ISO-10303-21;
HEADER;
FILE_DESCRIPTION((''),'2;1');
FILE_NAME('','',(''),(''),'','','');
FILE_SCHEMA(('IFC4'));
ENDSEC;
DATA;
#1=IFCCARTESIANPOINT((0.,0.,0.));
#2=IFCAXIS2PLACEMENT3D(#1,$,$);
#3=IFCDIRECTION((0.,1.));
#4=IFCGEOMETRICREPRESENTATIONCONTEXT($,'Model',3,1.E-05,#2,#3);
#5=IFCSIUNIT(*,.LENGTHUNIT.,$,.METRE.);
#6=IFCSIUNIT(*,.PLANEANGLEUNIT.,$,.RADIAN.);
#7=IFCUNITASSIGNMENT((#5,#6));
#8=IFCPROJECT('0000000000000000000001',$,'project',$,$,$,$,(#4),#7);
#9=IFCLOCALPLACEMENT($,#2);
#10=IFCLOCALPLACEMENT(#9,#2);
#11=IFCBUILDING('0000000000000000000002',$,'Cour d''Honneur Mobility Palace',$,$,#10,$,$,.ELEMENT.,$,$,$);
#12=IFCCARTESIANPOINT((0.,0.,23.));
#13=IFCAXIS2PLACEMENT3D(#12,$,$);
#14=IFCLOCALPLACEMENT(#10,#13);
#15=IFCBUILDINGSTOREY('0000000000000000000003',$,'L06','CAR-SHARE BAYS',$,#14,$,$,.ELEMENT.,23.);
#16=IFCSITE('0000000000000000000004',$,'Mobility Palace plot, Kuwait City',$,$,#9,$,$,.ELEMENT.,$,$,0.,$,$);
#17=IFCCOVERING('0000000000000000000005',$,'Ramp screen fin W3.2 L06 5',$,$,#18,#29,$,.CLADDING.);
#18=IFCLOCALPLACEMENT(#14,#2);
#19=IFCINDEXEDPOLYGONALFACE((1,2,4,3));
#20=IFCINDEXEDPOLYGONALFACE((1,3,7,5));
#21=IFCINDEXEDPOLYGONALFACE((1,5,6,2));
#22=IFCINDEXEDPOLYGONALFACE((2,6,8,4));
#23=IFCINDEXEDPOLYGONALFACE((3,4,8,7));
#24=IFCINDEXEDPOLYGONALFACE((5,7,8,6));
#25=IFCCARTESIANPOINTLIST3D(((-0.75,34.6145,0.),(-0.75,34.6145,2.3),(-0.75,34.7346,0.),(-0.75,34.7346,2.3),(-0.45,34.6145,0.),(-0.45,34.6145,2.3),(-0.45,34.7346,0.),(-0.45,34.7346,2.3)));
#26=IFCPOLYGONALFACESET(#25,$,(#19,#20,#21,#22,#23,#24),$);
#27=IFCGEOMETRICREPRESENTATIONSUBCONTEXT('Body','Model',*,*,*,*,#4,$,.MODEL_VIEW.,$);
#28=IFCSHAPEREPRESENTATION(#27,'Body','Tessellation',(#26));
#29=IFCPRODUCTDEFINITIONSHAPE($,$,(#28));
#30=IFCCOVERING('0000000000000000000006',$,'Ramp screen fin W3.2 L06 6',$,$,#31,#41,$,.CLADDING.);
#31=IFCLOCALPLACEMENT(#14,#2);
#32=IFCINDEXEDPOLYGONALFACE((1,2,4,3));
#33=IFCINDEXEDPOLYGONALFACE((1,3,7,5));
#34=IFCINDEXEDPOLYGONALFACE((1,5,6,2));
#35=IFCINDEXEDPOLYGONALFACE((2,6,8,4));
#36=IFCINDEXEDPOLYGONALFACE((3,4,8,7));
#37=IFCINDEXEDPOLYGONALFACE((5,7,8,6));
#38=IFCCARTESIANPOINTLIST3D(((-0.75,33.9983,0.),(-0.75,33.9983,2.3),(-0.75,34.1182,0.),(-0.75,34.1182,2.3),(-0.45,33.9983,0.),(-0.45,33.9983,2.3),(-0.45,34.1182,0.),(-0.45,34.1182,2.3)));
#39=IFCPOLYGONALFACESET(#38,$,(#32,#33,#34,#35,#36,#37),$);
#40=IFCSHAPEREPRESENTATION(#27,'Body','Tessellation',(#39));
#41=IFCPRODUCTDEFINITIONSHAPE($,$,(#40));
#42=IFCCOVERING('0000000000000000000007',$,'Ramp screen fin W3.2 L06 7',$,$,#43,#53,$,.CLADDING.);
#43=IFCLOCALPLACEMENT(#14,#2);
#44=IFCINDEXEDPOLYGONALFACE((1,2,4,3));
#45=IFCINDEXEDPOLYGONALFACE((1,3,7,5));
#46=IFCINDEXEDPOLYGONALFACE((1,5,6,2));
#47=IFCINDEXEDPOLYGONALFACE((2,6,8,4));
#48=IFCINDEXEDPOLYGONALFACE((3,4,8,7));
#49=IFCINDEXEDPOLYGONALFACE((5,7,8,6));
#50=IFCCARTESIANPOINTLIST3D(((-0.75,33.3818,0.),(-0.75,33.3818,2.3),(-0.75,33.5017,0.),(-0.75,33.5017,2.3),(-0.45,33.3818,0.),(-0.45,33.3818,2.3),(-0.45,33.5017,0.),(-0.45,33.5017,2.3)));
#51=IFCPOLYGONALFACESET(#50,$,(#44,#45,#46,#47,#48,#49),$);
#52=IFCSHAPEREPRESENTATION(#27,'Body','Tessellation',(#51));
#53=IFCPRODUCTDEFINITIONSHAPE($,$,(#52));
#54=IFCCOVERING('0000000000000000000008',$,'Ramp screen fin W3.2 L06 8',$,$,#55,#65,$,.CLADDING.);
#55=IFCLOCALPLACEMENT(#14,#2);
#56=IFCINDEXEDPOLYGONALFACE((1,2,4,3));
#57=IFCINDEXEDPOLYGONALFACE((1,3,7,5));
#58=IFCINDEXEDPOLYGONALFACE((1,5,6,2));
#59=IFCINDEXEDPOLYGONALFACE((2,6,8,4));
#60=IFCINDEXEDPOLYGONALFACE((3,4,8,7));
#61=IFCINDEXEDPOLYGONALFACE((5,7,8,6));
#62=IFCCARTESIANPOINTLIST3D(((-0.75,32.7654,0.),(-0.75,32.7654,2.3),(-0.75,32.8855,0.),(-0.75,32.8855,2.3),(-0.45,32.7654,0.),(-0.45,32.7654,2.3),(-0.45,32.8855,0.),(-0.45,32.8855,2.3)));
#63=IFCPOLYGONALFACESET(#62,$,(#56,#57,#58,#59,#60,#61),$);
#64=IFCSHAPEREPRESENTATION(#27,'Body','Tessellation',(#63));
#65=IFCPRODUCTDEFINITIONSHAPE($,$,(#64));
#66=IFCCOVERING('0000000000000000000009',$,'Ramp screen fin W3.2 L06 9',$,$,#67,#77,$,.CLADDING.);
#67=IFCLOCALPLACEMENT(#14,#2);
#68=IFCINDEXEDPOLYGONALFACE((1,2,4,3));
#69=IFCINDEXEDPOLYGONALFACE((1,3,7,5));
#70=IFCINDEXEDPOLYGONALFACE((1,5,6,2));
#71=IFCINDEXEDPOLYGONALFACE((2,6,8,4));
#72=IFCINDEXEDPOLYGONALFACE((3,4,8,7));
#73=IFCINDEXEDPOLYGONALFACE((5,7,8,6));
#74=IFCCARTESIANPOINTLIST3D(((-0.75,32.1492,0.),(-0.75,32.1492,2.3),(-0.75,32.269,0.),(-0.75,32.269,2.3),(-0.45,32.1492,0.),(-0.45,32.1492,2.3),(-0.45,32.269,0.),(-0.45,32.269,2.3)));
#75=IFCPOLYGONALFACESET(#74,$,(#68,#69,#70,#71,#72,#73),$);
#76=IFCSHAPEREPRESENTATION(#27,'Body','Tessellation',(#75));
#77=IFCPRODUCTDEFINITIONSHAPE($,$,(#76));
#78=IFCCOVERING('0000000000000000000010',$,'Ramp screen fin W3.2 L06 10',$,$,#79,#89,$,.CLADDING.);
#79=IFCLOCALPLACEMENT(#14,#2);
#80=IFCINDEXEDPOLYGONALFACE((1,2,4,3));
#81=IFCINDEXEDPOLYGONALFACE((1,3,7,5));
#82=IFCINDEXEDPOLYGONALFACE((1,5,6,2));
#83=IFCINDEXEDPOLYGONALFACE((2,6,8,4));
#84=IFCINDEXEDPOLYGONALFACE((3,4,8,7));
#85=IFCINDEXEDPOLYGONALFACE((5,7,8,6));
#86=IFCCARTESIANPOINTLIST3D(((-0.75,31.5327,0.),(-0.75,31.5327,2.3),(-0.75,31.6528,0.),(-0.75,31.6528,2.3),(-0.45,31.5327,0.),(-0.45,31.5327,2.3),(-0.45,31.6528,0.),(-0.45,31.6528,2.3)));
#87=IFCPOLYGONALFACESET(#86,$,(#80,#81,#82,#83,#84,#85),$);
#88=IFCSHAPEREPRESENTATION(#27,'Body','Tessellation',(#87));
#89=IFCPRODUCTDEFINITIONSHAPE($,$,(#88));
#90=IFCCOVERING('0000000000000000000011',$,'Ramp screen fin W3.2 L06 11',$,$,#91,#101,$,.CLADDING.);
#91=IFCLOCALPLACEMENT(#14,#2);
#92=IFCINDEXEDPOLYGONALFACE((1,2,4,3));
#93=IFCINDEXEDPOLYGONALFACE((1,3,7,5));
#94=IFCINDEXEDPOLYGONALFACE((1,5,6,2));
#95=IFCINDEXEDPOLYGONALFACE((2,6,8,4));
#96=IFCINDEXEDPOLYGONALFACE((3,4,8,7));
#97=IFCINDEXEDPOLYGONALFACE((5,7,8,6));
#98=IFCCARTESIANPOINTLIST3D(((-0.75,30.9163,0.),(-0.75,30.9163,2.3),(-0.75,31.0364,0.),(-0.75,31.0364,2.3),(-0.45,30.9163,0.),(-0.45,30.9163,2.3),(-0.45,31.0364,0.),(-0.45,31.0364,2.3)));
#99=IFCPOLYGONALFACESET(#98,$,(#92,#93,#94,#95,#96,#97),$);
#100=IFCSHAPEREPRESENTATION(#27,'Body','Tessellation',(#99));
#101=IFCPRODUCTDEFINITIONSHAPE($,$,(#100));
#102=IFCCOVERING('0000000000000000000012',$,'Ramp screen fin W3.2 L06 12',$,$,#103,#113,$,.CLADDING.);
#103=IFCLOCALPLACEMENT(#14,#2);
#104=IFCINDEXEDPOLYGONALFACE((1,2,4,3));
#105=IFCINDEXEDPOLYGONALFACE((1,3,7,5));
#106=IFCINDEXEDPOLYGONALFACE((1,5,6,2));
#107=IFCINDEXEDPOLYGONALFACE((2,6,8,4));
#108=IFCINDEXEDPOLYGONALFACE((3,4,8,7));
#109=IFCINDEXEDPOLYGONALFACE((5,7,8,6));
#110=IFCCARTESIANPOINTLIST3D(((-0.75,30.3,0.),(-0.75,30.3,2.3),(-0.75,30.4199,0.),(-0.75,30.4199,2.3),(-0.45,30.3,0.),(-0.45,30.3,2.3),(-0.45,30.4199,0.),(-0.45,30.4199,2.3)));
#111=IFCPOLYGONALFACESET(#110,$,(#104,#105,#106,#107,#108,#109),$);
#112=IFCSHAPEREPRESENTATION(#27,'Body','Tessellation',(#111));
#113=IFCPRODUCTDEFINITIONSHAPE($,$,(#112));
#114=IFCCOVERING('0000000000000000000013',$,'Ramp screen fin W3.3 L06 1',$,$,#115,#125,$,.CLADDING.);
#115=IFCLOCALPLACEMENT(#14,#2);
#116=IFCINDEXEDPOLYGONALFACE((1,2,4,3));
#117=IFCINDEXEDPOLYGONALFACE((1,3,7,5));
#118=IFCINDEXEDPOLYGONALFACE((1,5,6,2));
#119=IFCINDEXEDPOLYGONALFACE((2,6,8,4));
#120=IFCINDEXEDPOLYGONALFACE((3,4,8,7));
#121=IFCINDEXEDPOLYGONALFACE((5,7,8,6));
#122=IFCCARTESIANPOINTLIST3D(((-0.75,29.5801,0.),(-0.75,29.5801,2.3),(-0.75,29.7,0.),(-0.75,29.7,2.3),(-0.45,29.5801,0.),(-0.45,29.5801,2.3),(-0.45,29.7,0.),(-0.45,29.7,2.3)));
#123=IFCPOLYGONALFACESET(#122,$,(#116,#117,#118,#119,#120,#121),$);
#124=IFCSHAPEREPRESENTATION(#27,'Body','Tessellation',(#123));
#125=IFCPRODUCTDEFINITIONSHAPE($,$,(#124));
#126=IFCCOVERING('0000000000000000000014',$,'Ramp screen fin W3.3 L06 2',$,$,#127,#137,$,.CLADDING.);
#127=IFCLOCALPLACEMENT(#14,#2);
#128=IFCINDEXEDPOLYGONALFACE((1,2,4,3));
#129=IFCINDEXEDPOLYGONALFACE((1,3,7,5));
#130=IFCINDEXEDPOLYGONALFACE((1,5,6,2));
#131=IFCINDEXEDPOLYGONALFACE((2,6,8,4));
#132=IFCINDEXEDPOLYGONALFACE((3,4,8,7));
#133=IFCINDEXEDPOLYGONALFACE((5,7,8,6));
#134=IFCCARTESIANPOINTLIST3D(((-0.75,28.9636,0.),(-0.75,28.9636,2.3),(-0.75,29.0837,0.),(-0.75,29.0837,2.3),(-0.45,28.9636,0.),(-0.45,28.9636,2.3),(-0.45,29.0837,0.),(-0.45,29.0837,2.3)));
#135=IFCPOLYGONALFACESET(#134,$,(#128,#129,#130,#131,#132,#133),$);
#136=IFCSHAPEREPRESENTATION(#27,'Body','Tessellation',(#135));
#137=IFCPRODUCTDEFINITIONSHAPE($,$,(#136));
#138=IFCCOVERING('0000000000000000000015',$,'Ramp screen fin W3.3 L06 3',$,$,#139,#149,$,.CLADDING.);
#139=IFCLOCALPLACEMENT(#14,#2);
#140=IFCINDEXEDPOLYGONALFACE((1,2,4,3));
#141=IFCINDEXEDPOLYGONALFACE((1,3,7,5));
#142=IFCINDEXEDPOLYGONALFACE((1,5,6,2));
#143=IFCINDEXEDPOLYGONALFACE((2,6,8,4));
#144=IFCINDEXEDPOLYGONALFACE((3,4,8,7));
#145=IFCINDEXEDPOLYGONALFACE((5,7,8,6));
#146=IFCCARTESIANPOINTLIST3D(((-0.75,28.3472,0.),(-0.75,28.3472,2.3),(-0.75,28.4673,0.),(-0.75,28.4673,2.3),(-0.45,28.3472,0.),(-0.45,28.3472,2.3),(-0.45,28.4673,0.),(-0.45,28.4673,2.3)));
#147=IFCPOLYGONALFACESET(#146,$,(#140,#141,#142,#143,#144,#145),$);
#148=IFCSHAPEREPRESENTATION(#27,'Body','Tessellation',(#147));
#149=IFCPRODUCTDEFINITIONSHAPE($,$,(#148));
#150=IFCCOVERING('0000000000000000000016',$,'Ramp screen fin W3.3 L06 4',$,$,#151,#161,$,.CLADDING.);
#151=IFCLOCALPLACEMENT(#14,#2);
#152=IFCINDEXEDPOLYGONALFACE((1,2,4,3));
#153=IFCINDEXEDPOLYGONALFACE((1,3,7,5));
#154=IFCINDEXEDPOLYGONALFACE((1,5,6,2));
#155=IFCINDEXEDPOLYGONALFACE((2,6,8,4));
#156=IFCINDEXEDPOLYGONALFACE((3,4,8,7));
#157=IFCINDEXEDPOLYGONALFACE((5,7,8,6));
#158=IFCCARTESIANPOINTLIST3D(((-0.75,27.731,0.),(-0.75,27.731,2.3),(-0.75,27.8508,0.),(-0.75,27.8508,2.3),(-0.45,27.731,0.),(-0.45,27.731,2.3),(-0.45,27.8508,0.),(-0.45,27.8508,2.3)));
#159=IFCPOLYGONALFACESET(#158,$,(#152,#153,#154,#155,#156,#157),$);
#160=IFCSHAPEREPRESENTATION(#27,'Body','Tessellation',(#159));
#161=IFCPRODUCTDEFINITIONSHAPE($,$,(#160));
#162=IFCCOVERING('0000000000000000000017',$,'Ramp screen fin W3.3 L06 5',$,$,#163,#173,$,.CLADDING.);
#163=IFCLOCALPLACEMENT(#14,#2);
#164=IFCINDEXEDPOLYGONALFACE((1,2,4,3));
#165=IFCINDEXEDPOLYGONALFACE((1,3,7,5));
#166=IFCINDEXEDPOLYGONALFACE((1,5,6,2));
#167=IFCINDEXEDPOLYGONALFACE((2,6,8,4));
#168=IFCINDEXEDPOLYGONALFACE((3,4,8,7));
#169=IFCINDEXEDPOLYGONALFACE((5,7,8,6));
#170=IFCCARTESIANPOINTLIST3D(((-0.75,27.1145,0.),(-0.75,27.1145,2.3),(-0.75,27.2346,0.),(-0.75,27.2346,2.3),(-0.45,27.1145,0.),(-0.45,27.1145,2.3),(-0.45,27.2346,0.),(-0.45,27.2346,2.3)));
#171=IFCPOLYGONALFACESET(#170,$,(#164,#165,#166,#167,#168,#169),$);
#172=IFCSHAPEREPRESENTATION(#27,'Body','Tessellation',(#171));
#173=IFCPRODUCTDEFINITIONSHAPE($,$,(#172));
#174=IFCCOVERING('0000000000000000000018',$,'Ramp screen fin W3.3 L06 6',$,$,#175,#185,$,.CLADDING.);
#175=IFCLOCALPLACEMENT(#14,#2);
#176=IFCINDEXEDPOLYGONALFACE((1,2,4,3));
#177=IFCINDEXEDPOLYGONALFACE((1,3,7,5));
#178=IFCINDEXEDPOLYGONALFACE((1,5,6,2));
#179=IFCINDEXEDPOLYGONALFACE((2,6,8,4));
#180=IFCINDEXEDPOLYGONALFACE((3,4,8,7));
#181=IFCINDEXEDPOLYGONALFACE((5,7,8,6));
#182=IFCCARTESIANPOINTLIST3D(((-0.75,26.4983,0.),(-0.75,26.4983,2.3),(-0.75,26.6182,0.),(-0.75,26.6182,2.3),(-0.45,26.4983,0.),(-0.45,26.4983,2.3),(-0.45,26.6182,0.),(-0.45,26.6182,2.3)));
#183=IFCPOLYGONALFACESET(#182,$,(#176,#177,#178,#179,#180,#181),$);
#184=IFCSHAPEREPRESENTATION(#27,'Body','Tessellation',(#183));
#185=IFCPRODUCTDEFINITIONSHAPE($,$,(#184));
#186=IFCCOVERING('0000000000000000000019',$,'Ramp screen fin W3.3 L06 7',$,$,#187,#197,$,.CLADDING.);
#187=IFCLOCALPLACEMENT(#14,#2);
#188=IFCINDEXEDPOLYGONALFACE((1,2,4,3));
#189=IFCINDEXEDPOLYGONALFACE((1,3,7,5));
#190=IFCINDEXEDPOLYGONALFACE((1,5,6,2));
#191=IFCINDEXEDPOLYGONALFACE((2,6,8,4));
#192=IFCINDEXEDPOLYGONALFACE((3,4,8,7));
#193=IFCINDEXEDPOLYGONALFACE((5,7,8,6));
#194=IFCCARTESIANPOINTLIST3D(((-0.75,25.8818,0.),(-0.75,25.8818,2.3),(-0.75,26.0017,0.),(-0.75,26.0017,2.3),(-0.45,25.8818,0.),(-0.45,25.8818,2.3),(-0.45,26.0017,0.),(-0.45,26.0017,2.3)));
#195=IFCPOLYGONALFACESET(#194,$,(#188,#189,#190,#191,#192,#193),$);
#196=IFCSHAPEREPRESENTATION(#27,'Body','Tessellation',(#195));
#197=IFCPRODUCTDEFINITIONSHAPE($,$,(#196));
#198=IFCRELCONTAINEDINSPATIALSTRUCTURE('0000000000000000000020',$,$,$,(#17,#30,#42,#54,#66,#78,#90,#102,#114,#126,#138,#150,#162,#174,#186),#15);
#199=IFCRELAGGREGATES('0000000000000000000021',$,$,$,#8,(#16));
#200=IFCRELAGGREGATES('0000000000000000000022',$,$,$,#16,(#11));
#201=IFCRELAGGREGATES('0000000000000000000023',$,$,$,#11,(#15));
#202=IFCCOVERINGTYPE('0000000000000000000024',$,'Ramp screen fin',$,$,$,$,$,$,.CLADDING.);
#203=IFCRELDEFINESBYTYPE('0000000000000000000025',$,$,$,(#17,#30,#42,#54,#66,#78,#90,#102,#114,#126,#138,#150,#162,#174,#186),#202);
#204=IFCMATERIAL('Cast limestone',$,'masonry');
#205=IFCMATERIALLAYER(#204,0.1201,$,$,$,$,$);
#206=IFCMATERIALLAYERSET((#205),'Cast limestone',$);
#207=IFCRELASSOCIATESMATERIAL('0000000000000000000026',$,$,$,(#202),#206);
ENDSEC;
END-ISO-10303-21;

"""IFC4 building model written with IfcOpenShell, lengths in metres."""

from ifc_helpers import new_model, si_unit, direction, frame, origin, place, context, subcontext, project, spatial, polyline, outline, extrude, material, layer, layer_set, type_object, element, save


model = new_model("IFC4")

# Units and contexts
model_context = context("Model", 3, precision=1e-05, world=origin(), true_north=direction((0.0, 1.0)))
body_context = subcontext(model_context, "Body", "Model", "MODEL_VIEW")
ifc_project = project(units=[si_unit("LENGTHUNIT", "METRE"), si_unit("PLANEANGLEUNIT", "RADIAN")], contexts=[model_context])

# Site, building, storey
site_placement = place(None, origin())
site = spatial("IfcSite", under=ifc_project, at=site_placement, Name="Mobility Palace plot, Kuwait City", CompositionType="ELEMENT", RefElevation=0.0)
building_placement = place(site_placement, origin())
building = spatial("IfcBuilding", under=site, at=building_placement, Name="Cour d'Honneur Mobility Palace", CompositionType="ELEMENT")
storey_placement = place(building_placement, frame((0.0, 0.0, 23.0)))
storey = spatial("IfcBuildingStorey", under=building, at=storey_placement, Name="L06", Description="CAR-SHARE BAYS", CompositionType="ELEMENT", Elevation=23.0)

# Coverings
ifc_material_1 = material(Name="Cast limestone", Category="masonry")
ifc_layer_1 = layer(ifc_material_1, 0.1201)
ifc_layer_set_1 = layer_set([ifc_layer_1], Name="Cast limestone")
covering_type_1 = type_object("IfcCoveringType", Name="Ramp screen fin", PredefinedType="CLADDING", material=ifc_layer_set_1)
covering_1_placement = place(storey_placement, origin())
element("IfcCovering", 1, at=covering_1_placement, inside=storey, type_object=covering_type_1, Name="Ramp screen fin W3.2 L06 5", PredefinedType="CLADDING", context=body_context, shape_type="SweptSolid", body=[
    extrude(outline(polyline([(-0.45, 34.7346), (-0.45, 34.6145), (-0.75, 34.6145), (-0.75, 34.7346), (-0.45, 34.7346)])), origin(), (0.0, 0.0, 1.0), 2.3),
])
covering_2_placement = place(storey_placement, origin())
element("IfcCovering", 2, at=covering_2_placement, inside=storey, type_object=covering_type_1, Name="Ramp screen fin W3.2 L06 6", PredefinedType="CLADDING", context=body_context, shape_type="SweptSolid", body=[
    extrude(outline(polyline([(-0.45, 34.1182), (-0.45, 33.9983), (-0.75, 33.9983), (-0.75, 34.1182), (-0.45, 34.1182)])), origin(), (0.0, 0.0, 1.0), 2.3),
])
covering_3_placement = place(storey_placement, origin())
element("IfcCovering", 3, at=covering_3_placement, inside=storey, type_object=covering_type_1, Name="Ramp screen fin W3.2 L06 7", PredefinedType="CLADDING", context=body_context, shape_type="SweptSolid", body=[
    extrude(outline(polyline([(-0.45, 33.5017), (-0.45, 33.3818), (-0.75, 33.3818), (-0.75, 33.5017), (-0.45, 33.5017)])), origin(), (0.0, 0.0, 1.0), 2.3),
])
covering_4_placement = place(storey_placement, origin())
element("IfcCovering", 4, at=covering_4_placement, inside=storey, type_object=covering_type_1, Name="Ramp screen fin W3.2 L06 8", PredefinedType="CLADDING", context=body_context, shape_type="SweptSolid", body=[
    extrude(outline(polyline([(-0.45, 32.8855), (-0.45, 32.7654), (-0.75, 32.7654), (-0.75, 32.8855), (-0.45, 32.8855)])), origin(), (0.0, 0.0, 1.0), 2.3),
])
covering_5_placement = place(storey_placement, origin())
element("IfcCovering", 5, at=covering_5_placement, inside=storey, type_object=covering_type_1, Name="Ramp screen fin W3.2 L06 9", PredefinedType="CLADDING", context=body_context, shape_type="SweptSolid", body=[
    extrude(outline(polyline([(-0.45, 32.269), (-0.45, 32.1492), (-0.75, 32.1492), (-0.75, 32.269), (-0.45, 32.269)])), origin(), (0.0, 0.0, 1.0), 2.3),
])
covering_6_placement = place(storey_placement, origin())
element("IfcCovering", 6, at=covering_6_placement, inside=storey, type_object=covering_type_1, Name="Ramp screen fin W3.2 L06 10", PredefinedType="CLADDING", context=body_context, shape_type="SweptSolid", body=[
    extrude(outline(polyline([(-0.45, 31.6528), (-0.45, 31.5327), (-0.75, 31.5327), (-0.75, 31.6528), (-0.45, 31.6528)])), origin(), (0.0, 0.0, 1.0), 2.3),
])
covering_7_placement = place(storey_placement, origin())
element("IfcCovering", 7, at=covering_7_placement, inside=storey, type_object=covering_type_1, Name="Ramp screen fin W3.2 L06 11", PredefinedType="CLADDING", context=body_context, shape_type="SweptSolid", body=[
    extrude(outline(polyline([(-0.45, 31.0364), (-0.45, 30.9163), (-0.75, 30.9163), (-0.75, 31.0364), (-0.45, 31.0364)])), origin(), (0.0, 0.0, 1.0), 2.3),
])
covering_8_placement = place(storey_placement, origin())
element("IfcCovering", 8, at=covering_8_placement, inside=storey, type_object=covering_type_1, Name="Ramp screen fin W3.2 L06 12", PredefinedType="CLADDING", context=body_context, shape_type="SweptSolid", body=[
    extrude(outline(polyline([(-0.45, 30.4199), (-0.45, 30.3), (-0.75, 30.3), (-0.75, 30.4199), (-0.45, 30.4199)])), origin(), (0.0, 0.0, 1.0), 2.3),
])
covering_9_placement = place(storey_placement, origin())
element("IfcCovering", 9, at=covering_9_placement, inside=storey, type_object=covering_type_1, Name="Ramp screen fin W3.3 L06 1", PredefinedType="CLADDING", context=body_context, shape_type="SweptSolid", body=[
    extrude(outline(polyline([(-0.45, 29.7), (-0.45, 29.5801), (-0.75, 29.5801), (-0.75, 29.7), (-0.45, 29.7)])), origin(), (0.0, 0.0, 1.0), 2.3),
])
covering_10_placement = place(storey_placement, origin())
element("IfcCovering", 10, at=covering_10_placement, inside=storey, type_object=covering_type_1, Name="Ramp screen fin W3.3 L06 2", PredefinedType="CLADDING", context=body_context, shape_type="SweptSolid", body=[
    extrude(outline(polyline([(-0.45, 29.0837), (-0.45, 28.9636), (-0.75, 28.9636), (-0.75, 29.0837), (-0.45, 29.0837)])), origin(), (0.0, 0.0, 1.0), 2.3),
])
covering_11_placement = place(storey_placement, origin())
element("IfcCovering", 11, at=covering_11_placement, inside=storey, type_object=covering_type_1, Name="Ramp screen fin W3.3 L06 3", PredefinedType="CLADDING", context=body_context, shape_type="SweptSolid", body=[
    extrude(outline(polyline([(-0.45, 28.4673), (-0.45, 28.3472), (-0.75, 28.3472), (-0.75, 28.4673), (-0.45, 28.4673)])), origin(), (0.0, 0.0, 1.0), 2.3),
])
covering_12_placement = place(storey_placement, origin())
element("IfcCovering", 12, at=covering_12_placement, inside=storey, type_object=covering_type_1, Name="Ramp screen fin W3.3 L06 4", PredefinedType="CLADDING", context=body_context, shape_type="SweptSolid", body=[
    extrude(outline(polyline([(-0.45, 27.8508), (-0.45, 27.731), (-0.75, 27.731), (-0.75, 27.8508), (-0.45, 27.8508)])), origin(), (0.0, 0.0, 1.0), 2.3),
])
covering_13_placement = place(storey_placement, origin())
element("IfcCovering", 13, at=covering_13_placement, inside=storey, type_object=covering_type_1, Name="Ramp screen fin W3.3 L06 5", PredefinedType="CLADDING", context=body_context, shape_type="SweptSolid", body=[
    extrude(outline(polyline([(-0.45, 27.2346), (-0.45, 27.1145), (-0.75, 27.1145), (-0.75, 27.2346), (-0.45, 27.2346)])), origin(), (0.0, 0.0, 1.0), 2.3),
])
covering_14_placement = place(storey_placement, origin())
element("IfcCovering", 14, at=covering_14_placement, inside=storey, type_object=covering_type_1, Name="Ramp screen fin W3.3 L06 6", PredefinedType="CLADDING", context=body_context, shape_type="SweptSolid", body=[
    extrude(outline(polyline([(-0.45, 26.6182), (-0.45, 26.4983), (-0.75, 26.4983), (-0.75, 26.6182), (-0.45, 26.6182)])), origin(), (0.0, 0.0, 1.0), 2.3),
])
covering_15_placement = place(storey_placement, origin())
element("IfcCovering", 15, at=covering_15_placement, inside=storey, type_object=covering_type_1, Name="Ramp screen fin W3.3 L06 7", PredefinedType="CLADDING", context=body_context, shape_type="SweptSolid", body=[
    extrude(outline(polyline([(-0.45, 26.0017), (-0.45, 25.8818), (-0.75, 25.8818), (-0.75, 26.0017), (-0.45, 26.0017)])), origin(), (0.0, 0.0, 1.0), 2.3),
])

save(model, "model.ifc")
